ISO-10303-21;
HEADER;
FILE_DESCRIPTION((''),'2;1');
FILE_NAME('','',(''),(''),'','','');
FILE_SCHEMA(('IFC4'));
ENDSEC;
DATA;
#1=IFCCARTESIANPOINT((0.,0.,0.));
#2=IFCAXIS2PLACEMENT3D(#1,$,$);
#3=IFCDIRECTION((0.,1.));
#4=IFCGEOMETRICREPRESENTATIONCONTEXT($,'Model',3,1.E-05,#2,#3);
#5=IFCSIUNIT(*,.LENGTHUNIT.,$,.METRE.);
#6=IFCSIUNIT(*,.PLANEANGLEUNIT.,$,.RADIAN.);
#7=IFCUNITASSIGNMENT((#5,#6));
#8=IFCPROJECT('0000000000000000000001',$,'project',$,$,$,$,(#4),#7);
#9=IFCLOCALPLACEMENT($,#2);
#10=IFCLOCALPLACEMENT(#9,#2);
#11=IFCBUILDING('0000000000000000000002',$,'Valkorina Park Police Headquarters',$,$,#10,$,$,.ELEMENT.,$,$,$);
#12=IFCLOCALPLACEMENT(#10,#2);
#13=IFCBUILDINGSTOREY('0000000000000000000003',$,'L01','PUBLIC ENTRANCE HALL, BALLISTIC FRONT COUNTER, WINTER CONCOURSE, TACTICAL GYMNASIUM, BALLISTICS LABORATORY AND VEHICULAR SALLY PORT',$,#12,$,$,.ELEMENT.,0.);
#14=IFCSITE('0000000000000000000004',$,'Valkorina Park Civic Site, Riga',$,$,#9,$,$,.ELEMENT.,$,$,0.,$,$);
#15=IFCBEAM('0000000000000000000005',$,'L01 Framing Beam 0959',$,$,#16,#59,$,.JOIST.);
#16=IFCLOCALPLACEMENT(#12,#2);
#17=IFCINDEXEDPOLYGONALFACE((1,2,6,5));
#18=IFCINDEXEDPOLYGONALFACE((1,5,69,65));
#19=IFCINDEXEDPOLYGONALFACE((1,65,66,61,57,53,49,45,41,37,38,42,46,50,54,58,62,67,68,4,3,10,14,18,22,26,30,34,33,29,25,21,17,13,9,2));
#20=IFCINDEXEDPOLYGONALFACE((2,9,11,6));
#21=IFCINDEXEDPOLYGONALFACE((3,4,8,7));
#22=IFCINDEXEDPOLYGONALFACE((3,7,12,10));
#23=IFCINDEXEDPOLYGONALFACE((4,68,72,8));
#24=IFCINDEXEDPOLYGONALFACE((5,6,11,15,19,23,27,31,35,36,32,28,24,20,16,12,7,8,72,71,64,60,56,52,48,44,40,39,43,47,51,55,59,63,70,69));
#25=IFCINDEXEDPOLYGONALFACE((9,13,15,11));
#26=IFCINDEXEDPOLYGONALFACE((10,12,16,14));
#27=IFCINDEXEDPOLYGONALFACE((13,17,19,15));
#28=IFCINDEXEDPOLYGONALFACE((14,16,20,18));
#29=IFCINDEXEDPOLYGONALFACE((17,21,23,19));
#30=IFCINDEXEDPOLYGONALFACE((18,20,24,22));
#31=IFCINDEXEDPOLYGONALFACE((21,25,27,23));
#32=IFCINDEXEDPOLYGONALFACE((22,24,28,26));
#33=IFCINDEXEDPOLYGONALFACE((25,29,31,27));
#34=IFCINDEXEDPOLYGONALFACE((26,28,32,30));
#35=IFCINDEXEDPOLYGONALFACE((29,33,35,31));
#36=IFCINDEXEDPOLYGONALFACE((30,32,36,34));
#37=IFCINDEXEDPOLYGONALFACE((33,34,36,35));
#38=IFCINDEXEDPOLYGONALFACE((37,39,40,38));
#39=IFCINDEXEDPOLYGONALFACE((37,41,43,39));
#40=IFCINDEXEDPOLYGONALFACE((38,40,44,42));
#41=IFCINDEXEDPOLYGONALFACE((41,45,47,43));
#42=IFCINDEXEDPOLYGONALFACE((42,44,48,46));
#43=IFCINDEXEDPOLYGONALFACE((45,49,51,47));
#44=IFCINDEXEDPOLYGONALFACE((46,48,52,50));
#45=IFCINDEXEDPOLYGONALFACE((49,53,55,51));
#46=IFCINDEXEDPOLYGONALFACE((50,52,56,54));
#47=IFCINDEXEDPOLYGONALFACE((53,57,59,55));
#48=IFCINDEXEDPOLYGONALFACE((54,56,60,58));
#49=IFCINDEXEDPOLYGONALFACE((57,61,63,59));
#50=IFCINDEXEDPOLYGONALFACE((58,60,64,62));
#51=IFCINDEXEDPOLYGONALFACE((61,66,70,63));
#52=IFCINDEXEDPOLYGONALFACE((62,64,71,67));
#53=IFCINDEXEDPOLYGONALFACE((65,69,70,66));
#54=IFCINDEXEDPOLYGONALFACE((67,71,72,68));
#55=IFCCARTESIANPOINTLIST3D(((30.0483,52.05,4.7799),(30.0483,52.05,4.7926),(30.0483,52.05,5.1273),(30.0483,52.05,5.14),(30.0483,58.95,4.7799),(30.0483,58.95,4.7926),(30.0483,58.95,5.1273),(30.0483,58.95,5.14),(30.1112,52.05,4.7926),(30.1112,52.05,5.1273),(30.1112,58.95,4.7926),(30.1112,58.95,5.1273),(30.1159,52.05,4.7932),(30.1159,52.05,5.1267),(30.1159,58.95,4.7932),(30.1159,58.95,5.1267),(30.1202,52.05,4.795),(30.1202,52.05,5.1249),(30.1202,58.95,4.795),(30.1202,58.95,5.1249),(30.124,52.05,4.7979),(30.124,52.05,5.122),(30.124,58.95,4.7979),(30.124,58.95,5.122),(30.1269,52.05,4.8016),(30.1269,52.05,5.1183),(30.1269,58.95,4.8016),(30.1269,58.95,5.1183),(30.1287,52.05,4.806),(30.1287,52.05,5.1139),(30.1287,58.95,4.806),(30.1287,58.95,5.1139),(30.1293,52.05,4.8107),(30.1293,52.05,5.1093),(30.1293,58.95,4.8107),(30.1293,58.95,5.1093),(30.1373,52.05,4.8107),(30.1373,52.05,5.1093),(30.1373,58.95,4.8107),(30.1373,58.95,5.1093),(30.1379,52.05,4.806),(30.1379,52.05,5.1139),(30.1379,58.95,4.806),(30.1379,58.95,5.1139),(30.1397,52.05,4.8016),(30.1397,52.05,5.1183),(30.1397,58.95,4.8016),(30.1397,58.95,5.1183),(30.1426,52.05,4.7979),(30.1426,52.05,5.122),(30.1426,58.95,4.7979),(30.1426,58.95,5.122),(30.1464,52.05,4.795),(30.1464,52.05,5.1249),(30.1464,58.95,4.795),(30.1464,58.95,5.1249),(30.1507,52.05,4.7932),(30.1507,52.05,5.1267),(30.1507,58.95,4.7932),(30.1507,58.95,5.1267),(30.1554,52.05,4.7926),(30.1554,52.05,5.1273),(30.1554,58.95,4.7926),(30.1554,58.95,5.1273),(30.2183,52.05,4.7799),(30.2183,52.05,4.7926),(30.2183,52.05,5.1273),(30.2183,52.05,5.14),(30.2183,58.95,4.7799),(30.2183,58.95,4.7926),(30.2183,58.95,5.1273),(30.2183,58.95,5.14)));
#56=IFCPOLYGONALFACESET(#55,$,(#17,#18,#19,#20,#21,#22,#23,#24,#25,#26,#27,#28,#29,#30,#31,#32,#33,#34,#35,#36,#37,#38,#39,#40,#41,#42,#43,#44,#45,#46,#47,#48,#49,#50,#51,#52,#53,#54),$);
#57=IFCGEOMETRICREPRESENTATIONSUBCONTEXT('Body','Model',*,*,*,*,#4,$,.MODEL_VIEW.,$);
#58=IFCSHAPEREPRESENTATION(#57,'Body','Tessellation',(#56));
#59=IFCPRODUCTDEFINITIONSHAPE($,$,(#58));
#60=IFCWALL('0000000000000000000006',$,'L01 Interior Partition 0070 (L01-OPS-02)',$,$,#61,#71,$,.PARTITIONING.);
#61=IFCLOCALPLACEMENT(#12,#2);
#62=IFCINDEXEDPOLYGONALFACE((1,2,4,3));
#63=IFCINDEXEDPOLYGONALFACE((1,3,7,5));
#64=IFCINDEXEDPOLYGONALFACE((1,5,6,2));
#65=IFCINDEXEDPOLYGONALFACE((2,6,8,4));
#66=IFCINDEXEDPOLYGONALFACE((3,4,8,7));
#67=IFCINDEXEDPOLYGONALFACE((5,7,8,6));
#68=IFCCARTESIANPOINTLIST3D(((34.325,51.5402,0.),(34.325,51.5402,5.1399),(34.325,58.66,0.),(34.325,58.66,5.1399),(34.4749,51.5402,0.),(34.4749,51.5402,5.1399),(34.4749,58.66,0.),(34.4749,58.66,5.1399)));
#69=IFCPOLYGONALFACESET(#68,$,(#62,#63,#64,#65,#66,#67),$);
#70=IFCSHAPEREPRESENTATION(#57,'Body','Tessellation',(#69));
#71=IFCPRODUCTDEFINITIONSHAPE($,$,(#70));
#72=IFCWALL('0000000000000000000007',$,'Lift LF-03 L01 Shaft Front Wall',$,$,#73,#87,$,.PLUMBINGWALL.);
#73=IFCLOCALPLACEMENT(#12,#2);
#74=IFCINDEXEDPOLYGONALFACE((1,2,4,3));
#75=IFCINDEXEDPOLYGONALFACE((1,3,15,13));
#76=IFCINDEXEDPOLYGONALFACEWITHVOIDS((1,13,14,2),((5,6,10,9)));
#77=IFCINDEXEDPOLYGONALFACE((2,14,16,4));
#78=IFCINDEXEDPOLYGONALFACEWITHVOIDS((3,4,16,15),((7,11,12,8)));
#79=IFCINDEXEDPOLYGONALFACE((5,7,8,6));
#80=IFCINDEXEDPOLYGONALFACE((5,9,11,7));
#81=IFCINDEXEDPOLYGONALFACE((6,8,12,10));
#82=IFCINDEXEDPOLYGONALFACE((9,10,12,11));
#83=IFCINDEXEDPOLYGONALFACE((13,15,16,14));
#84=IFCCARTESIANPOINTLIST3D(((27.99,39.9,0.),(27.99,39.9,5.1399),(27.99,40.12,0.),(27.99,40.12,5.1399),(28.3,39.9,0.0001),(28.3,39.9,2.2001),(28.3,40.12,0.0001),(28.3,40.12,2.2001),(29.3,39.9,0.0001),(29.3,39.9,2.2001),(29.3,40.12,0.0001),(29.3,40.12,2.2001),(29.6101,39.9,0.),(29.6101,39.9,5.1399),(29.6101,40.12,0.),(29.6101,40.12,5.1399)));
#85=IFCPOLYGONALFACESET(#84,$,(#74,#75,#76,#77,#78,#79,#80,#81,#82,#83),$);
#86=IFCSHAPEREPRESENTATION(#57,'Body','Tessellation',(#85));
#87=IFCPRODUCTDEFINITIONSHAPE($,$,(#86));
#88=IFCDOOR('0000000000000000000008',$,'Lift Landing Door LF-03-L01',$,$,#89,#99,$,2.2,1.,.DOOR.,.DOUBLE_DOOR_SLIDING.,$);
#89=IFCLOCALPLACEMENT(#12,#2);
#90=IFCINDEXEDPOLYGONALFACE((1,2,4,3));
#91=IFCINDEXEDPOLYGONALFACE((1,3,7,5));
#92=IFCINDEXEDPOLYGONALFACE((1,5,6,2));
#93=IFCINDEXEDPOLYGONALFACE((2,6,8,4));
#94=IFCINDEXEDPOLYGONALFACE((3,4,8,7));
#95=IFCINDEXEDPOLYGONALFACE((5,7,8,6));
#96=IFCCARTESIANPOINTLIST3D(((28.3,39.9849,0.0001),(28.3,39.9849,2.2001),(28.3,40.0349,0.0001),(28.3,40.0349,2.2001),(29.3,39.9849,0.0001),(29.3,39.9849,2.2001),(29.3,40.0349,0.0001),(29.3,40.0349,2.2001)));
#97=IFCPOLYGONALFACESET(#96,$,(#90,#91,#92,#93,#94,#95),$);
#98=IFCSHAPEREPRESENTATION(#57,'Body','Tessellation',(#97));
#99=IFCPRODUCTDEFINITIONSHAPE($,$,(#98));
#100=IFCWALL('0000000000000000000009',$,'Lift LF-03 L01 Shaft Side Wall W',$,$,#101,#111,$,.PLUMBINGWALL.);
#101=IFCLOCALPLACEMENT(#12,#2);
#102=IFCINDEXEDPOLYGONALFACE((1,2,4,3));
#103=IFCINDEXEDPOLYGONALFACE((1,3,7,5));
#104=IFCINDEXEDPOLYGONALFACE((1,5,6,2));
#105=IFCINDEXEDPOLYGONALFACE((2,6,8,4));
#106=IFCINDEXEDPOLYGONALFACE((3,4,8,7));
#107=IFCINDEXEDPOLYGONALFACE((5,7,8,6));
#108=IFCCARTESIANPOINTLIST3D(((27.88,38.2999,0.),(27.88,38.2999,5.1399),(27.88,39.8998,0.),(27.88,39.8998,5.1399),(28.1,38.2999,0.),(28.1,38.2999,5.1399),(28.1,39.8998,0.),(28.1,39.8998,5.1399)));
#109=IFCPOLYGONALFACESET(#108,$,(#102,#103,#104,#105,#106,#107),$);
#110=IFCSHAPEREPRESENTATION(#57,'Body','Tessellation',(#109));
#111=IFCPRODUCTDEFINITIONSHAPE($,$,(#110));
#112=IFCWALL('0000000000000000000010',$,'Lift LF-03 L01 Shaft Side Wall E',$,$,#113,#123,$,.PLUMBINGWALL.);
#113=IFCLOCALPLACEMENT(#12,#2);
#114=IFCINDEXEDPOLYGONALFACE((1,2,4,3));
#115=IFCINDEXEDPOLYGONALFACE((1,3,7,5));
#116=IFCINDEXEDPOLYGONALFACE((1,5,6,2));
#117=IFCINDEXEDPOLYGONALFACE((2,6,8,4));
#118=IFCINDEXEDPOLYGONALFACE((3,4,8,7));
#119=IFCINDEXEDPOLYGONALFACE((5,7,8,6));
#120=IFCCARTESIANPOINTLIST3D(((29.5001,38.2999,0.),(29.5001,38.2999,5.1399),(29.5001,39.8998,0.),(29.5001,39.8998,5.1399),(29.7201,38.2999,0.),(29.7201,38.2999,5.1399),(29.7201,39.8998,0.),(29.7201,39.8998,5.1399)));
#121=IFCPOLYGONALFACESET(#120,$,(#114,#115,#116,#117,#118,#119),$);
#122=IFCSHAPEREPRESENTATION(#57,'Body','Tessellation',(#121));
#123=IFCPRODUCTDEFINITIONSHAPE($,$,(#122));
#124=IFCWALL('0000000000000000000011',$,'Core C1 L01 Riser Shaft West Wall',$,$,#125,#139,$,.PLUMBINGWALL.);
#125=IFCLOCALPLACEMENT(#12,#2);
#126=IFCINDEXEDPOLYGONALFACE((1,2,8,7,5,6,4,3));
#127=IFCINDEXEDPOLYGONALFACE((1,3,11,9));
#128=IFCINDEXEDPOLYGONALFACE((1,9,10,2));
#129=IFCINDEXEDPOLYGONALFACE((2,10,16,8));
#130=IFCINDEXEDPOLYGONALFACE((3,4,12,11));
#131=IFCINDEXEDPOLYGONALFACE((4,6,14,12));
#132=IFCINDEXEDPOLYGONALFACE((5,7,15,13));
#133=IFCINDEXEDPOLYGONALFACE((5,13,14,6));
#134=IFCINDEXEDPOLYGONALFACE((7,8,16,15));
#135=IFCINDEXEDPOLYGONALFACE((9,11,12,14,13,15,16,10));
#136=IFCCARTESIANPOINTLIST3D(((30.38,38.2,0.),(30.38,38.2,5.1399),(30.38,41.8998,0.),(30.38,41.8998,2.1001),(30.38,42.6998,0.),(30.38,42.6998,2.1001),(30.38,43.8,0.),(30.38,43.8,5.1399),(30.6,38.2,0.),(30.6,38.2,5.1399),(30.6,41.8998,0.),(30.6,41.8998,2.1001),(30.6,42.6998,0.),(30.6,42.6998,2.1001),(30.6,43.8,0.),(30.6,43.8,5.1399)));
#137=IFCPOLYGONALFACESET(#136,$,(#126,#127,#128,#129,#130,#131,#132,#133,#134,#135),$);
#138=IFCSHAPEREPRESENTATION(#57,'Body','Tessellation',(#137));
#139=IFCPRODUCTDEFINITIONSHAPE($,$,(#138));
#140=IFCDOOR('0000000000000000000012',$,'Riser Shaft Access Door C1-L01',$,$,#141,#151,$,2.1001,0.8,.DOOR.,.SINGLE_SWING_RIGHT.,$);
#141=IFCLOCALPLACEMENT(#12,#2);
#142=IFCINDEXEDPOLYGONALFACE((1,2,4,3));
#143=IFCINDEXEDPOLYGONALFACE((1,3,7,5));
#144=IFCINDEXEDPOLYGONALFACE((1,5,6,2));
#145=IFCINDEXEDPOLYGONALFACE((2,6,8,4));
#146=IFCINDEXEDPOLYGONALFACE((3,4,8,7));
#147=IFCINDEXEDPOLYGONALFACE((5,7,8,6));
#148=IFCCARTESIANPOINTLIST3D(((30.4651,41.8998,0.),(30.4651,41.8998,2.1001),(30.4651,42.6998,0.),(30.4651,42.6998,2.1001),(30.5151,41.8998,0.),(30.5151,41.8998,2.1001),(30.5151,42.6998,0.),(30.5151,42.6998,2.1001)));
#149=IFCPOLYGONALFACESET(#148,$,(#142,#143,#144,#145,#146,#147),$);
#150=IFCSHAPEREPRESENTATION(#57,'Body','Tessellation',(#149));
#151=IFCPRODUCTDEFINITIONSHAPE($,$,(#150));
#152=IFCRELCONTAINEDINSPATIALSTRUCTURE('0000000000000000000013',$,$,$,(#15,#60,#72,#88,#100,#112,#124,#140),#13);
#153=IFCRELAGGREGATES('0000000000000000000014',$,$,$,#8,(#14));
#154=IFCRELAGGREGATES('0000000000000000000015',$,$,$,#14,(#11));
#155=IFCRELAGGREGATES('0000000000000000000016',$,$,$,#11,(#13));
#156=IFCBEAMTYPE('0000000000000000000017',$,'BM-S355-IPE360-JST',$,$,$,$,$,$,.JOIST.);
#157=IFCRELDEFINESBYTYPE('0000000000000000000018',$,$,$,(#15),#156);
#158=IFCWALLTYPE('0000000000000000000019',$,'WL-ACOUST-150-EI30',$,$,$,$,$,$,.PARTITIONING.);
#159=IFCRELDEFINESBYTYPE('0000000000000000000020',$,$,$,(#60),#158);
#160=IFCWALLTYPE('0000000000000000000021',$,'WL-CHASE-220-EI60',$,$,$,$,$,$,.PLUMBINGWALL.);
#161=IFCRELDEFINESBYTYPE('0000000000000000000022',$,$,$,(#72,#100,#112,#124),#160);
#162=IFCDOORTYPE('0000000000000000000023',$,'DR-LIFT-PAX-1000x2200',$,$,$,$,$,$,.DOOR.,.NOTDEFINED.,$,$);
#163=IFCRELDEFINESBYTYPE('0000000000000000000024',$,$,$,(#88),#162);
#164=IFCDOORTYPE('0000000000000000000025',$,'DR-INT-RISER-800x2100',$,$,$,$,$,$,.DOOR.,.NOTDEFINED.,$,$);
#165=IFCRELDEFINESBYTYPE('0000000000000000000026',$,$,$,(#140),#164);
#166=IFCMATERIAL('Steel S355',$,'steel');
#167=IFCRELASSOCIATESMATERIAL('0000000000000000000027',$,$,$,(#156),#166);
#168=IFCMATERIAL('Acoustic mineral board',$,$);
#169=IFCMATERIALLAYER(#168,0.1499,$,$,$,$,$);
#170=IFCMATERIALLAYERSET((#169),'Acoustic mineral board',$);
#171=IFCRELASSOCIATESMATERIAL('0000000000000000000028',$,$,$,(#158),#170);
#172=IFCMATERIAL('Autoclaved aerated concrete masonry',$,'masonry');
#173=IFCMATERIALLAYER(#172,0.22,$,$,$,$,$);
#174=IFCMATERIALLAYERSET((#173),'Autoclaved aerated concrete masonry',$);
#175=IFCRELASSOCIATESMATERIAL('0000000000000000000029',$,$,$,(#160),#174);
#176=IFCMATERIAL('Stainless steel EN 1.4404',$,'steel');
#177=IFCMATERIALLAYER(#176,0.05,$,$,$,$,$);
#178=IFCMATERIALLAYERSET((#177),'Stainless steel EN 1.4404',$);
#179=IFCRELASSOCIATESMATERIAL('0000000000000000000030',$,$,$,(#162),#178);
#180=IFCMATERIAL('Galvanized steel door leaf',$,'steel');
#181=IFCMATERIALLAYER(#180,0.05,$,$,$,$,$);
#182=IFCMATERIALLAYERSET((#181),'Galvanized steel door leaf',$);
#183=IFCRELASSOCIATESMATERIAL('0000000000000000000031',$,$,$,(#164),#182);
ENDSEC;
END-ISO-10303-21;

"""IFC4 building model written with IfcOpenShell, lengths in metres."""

from ifc_helpers import new_model, si_unit, direction, frame, frame_2d, origin, origin_2d, place, context, subcontext, project, spatial, rectangle, i_section, extrude, material, layer, layer_set, material_profile, profile_set, type_object, element, fill, save


model = new_model("IFC4")

# Units and contexts
model_context = context("Model", 3, precision=1e-05, world=origin(), true_north=direction((0.0, 1.0)))
body_context = subcontext(model_context, "Body", "Model", "MODEL_VIEW")
ifc_project = project(units=[si_unit("LENGTHUNIT", "METRE"), si_unit("PLANEANGLEUNIT", "RADIAN")], contexts=[model_context])

# Site, building, storey
site_placement = place(None, origin())
site = spatial("IfcSite", under=ifc_project, at=site_placement, Name="Valkorina Park Civic Site, Riga", CompositionType="ELEMENT", RefElevation=0.0)
building_placement = place(site_placement, origin())
building = spatial("IfcBuilding", under=site, at=building_placement, Name="Valkorina Park Police Headquarters", CompositionType="ELEMENT")
storey_placement = place(building_placement, origin())
storey = spatial("IfcBuildingStorey", under=building, at=storey_placement, Name="L01", Description="PUBLIC ENTRANCE HALL, BALLISTIC FRONT COUNTER, WINTER CONCOURSE, TACTICAL GYMNASIUM, BALLISTICS LABORATORY AND VEHICULAR SALLY PORT", CompositionType="ELEMENT", Elevation=0.0)

# Beam
ifc_material_1 = material(Name="Steel S355", Category="steel")
ifc_material_profile_1 = material_profile(ifc_material_1, i_section(OverallWidth=0.1699, OverallDepth=0.3601, WebThickness=0.0081, FlangeThickness=0.0127, FilletRadius=0.0181, at=origin_2d()), Name="IPE 360")
ifc_profile_set_1 = profile_set([ifc_material_profile_1], Name="Steel S355")
beam_type_1 = type_object("IfcBeamType", Name="BM-S355-IPE360-JST", PredefinedType="JOIST", material=ifc_profile_set_1)
for number, where, z_axis, x_axis, name in (
    (1, (30.1333, 52.05, 4.96), (0.0, 1.0, 0.0), (-1.0, 0.0, 0.0), "L01 Framing Beam 0959"),
):
    element("IfcBeam", number, at=place(storey_placement, frame(where, z_axis=z_axis, x_axis=x_axis)), inside=storey, type_object=beam_type_1, Name=name, PredefinedType="JOIST", context=body_context, shape_type="SweptSolid", body=[
        extrude(i_section(OverallWidth=0.1699, OverallDepth=0.3601, WebThickness=0.0081, FlangeThickness=0.0127, FilletRadius=0.0181, at=origin_2d()), origin(), (0.0, 0.0, 1.0), 6.8999),
    ])

# Wall
ifc_material_2 = material(Name="Acoustic mineral board")
ifc_layer_1 = layer(ifc_material_2, 0.1499)
ifc_layer_set_1 = layer_set([ifc_layer_1], Name="Acoustic mineral board")
wall_type_1 = type_object("IfcWallType", Name="WL-ACOUST-150-EI30", PredefinedType="PARTITIONING", material=ifc_layer_set_1)
wall_1_placement = place(storey_placement, frame((34.3999, 51.54, 0.0), z_axis=(0.0, 0.0, 1.0), x_axis=(0.0, 1.0, 0.0)))
element("IfcWall", 2, at=wall_1_placement, inside=storey, type_object=wall_type_1, Name="L01 Interior Partition 0070 (L01-OPS-02)", PredefinedType="PARTITIONING", context=body_context, shape_type="SweptSolid", body=[
    extrude(rectangle(XDim=7.1199, YDim=0.1499, at=frame_2d((3.5601, 0.0))), origin(), (0.0, 0.0, 1.0), 5.1399),
])

# Wall, opening, door
ifc_material_3 = material(Name="Autoclaved aerated concrete masonry", Category="masonry")
ifc_layer_2 = layer(ifc_material_3, 0.22)
ifc_layer_set_2 = layer_set([ifc_layer_2], Name="Autoclaved aerated concrete masonry")
wall_type_2 = type_object("IfcWallType", Name="WL-CHASE-220-EI60", PredefinedType="PLUMBINGWALL", material=ifc_layer_set_2)
wall_2_placement = place(storey_placement, frame((27.99, 40.01, 0.0), z_axis=(0.0, 0.0, 1.0), x_axis=(1.0, 0.0, 0.0)))
wall_2 = element("IfcWall", 3, at=wall_2_placement, inside=storey, type_object=wall_type_2, Name="Lift LF-03 L01 Shaft Front Wall", PredefinedType="PLUMBINGWALL", context=body_context, shape_type="SweptSolid", body=[
    extrude(rectangle(XDim=1.6201, YDim=0.22, at=frame_2d((0.8101, 0.0))), origin(), (0.0, 0.0, 1.0), 5.1399),
])
opening_1_placement = place(wall_2_placement, frame((0.3101, 0.0, 0.0)))
opening_1 = element("IfcOpeningElement", 4, at=opening_1_placement, cuts=wall_2, PredefinedType="OPENING", context=body_context, shape_type="SweptSolid", body=[
    extrude(rectangle(XDim=1.0, YDim=2.2, at=frame_2d((0.5, 1.1001))), frame((0.0, 0.1201, 0.0), z_axis=(0.0, -1.0, 0.0), x_axis=(1.0, 0.0, 0.0)), (0.0, 0.0, 1.0), 0.24),
])
ifc_material_4 = material(Name="Stainless steel EN 1.4404", Category="steel")
ifc_layer_3 = layer(ifc_material_4, 0.05)
ifc_layer_set_3 = layer_set([ifc_layer_3], Name="Stainless steel EN 1.4404")
door_type_1 = type_object("IfcDoorType", Name="DR-LIFT-PAX-1000x2200", OperationType="NOTDEFINED", PredefinedType="DOOR", material=ifc_layer_set_3)
door_1_placement = place(opening_1_placement, origin())
door_1 = element("IfcDoor", 5, at=door_1_placement, inside=storey, type_object=door_type_1, Name="Lift Landing Door LF-03-L01", OperationType="DOUBLE_DOOR_SLIDING", OverallHeight=2.2, OverallWidth=1.0, PredefinedType="DOOR", context=body_context, shape_type="SweptSolid", body=[
    extrude(rectangle(XDim=1.0, YDim=2.2, at=frame_2d((0.5, 1.1001))), frame((0.0, 0.0249, 0.0), z_axis=(0.0, -1.0, 0.0), x_axis=(1.0, 0.0, 0.0)), (0.0, 0.0, 1.0), 0.05),
])
fill(opening_1, door_1)

# Walls
for number, where, z_axis, x_axis, name in (
    (6, (27.99, 38.3, 0.0), (0.0, 0.0, 1.0), (0.0, 1.0, 0.0), "Lift LF-03 L01 Shaft Side Wall W"),
    (7, (29.6101, 38.3, 0.0), (0.0, 0.0, 1.0), (0.0, 1.0, 0.0), "Lift LF-03 L01 Shaft Side Wall E"),
):
    element("IfcWall", number, at=place(storey_placement, frame(where, z_axis=z_axis, x_axis=x_axis)), inside=storey, type_object=wall_type_2, Name=name, PredefinedType="PLUMBINGWALL", context=body_context, shape_type="SweptSolid", body=[
        extrude(rectangle(XDim=1.5999, YDim=0.22, at=frame_2d((0.7998, 0.0))), origin(), (0.0, 0.0, 1.0), 5.1399),
    ])

# Wall, opening, door
wall_3_placement = place(storey_placement, frame((30.49, 38.2, 0.0), z_axis=(0.0, 0.0, 1.0), x_axis=(0.0, 1.0, 0.0)))
wall_3 = element("IfcWall", 8, at=wall_3_placement, inside=storey, type_object=wall_type_2, Name="Core C1 L01 Riser Shaft West Wall", PredefinedType="PLUMBINGWALL", context=body_context, shape_type="SweptSolid", body=[
    extrude(rectangle(XDim=5.6001, YDim=0.22, at=frame_2d((2.8, 0.0))), origin(), (0.0, 0.0, 1.0), 5.1399),
])
opening_2_placement = place(wall_3_placement, frame((3.7, 0.0, 0.0)))
opening_2 = element("IfcOpeningElement", 9, at=opening_2_placement, cuts=wall_3, PredefinedType="OPENING", context=body_context, shape_type="SweptSolid", body=[
    extrude(rectangle(XDim=0.8, YDim=2.1001, at=frame_2d((0.3999, 1.05))), frame((0.0, 0.1201, 0.0), z_axis=(0.0, -1.0, 0.0), x_axis=(1.0, 0.0, 0.0)), (0.0, 0.0, 1.0), 0.24),
])
ifc_material_5 = material(Name="Galvanized steel door leaf", Category="steel")
ifc_layer_4 = layer(ifc_material_5, 0.05)
ifc_layer_set_4 = layer_set([ifc_layer_4], Name="Galvanized steel door leaf")
door_type_2 = type_object("IfcDoorType", Name="DR-INT-RISER-800x2100", OperationType="NOTDEFINED", PredefinedType="DOOR", material=ifc_layer_set_4)
door_2_placement = place(opening_2_placement, origin())
door_2 = element("IfcDoor", 10, at=door_2_placement, inside=storey, type_object=door_type_2, Name="Riser Shaft Access Door C1-L01", OperationType="SINGLE_SWING_RIGHT", OverallHeight=2.1001, OverallWidth=0.8, PredefinedType="DOOR", context=body_context, shape_type="SweptSolid", body=[
    extrude(rectangle(XDim=0.8, YDim=2.1001, at=frame_2d((0.3999, 1.05))), frame((0.0, 0.0249, 0.0), z_axis=(0.0, -1.0, 0.0), x_axis=(1.0, 0.0, 0.0)), (0.0, 0.0, 1.0), 0.05),
])
fill(opening_2, door_2)

save(model, "model.ifc")
